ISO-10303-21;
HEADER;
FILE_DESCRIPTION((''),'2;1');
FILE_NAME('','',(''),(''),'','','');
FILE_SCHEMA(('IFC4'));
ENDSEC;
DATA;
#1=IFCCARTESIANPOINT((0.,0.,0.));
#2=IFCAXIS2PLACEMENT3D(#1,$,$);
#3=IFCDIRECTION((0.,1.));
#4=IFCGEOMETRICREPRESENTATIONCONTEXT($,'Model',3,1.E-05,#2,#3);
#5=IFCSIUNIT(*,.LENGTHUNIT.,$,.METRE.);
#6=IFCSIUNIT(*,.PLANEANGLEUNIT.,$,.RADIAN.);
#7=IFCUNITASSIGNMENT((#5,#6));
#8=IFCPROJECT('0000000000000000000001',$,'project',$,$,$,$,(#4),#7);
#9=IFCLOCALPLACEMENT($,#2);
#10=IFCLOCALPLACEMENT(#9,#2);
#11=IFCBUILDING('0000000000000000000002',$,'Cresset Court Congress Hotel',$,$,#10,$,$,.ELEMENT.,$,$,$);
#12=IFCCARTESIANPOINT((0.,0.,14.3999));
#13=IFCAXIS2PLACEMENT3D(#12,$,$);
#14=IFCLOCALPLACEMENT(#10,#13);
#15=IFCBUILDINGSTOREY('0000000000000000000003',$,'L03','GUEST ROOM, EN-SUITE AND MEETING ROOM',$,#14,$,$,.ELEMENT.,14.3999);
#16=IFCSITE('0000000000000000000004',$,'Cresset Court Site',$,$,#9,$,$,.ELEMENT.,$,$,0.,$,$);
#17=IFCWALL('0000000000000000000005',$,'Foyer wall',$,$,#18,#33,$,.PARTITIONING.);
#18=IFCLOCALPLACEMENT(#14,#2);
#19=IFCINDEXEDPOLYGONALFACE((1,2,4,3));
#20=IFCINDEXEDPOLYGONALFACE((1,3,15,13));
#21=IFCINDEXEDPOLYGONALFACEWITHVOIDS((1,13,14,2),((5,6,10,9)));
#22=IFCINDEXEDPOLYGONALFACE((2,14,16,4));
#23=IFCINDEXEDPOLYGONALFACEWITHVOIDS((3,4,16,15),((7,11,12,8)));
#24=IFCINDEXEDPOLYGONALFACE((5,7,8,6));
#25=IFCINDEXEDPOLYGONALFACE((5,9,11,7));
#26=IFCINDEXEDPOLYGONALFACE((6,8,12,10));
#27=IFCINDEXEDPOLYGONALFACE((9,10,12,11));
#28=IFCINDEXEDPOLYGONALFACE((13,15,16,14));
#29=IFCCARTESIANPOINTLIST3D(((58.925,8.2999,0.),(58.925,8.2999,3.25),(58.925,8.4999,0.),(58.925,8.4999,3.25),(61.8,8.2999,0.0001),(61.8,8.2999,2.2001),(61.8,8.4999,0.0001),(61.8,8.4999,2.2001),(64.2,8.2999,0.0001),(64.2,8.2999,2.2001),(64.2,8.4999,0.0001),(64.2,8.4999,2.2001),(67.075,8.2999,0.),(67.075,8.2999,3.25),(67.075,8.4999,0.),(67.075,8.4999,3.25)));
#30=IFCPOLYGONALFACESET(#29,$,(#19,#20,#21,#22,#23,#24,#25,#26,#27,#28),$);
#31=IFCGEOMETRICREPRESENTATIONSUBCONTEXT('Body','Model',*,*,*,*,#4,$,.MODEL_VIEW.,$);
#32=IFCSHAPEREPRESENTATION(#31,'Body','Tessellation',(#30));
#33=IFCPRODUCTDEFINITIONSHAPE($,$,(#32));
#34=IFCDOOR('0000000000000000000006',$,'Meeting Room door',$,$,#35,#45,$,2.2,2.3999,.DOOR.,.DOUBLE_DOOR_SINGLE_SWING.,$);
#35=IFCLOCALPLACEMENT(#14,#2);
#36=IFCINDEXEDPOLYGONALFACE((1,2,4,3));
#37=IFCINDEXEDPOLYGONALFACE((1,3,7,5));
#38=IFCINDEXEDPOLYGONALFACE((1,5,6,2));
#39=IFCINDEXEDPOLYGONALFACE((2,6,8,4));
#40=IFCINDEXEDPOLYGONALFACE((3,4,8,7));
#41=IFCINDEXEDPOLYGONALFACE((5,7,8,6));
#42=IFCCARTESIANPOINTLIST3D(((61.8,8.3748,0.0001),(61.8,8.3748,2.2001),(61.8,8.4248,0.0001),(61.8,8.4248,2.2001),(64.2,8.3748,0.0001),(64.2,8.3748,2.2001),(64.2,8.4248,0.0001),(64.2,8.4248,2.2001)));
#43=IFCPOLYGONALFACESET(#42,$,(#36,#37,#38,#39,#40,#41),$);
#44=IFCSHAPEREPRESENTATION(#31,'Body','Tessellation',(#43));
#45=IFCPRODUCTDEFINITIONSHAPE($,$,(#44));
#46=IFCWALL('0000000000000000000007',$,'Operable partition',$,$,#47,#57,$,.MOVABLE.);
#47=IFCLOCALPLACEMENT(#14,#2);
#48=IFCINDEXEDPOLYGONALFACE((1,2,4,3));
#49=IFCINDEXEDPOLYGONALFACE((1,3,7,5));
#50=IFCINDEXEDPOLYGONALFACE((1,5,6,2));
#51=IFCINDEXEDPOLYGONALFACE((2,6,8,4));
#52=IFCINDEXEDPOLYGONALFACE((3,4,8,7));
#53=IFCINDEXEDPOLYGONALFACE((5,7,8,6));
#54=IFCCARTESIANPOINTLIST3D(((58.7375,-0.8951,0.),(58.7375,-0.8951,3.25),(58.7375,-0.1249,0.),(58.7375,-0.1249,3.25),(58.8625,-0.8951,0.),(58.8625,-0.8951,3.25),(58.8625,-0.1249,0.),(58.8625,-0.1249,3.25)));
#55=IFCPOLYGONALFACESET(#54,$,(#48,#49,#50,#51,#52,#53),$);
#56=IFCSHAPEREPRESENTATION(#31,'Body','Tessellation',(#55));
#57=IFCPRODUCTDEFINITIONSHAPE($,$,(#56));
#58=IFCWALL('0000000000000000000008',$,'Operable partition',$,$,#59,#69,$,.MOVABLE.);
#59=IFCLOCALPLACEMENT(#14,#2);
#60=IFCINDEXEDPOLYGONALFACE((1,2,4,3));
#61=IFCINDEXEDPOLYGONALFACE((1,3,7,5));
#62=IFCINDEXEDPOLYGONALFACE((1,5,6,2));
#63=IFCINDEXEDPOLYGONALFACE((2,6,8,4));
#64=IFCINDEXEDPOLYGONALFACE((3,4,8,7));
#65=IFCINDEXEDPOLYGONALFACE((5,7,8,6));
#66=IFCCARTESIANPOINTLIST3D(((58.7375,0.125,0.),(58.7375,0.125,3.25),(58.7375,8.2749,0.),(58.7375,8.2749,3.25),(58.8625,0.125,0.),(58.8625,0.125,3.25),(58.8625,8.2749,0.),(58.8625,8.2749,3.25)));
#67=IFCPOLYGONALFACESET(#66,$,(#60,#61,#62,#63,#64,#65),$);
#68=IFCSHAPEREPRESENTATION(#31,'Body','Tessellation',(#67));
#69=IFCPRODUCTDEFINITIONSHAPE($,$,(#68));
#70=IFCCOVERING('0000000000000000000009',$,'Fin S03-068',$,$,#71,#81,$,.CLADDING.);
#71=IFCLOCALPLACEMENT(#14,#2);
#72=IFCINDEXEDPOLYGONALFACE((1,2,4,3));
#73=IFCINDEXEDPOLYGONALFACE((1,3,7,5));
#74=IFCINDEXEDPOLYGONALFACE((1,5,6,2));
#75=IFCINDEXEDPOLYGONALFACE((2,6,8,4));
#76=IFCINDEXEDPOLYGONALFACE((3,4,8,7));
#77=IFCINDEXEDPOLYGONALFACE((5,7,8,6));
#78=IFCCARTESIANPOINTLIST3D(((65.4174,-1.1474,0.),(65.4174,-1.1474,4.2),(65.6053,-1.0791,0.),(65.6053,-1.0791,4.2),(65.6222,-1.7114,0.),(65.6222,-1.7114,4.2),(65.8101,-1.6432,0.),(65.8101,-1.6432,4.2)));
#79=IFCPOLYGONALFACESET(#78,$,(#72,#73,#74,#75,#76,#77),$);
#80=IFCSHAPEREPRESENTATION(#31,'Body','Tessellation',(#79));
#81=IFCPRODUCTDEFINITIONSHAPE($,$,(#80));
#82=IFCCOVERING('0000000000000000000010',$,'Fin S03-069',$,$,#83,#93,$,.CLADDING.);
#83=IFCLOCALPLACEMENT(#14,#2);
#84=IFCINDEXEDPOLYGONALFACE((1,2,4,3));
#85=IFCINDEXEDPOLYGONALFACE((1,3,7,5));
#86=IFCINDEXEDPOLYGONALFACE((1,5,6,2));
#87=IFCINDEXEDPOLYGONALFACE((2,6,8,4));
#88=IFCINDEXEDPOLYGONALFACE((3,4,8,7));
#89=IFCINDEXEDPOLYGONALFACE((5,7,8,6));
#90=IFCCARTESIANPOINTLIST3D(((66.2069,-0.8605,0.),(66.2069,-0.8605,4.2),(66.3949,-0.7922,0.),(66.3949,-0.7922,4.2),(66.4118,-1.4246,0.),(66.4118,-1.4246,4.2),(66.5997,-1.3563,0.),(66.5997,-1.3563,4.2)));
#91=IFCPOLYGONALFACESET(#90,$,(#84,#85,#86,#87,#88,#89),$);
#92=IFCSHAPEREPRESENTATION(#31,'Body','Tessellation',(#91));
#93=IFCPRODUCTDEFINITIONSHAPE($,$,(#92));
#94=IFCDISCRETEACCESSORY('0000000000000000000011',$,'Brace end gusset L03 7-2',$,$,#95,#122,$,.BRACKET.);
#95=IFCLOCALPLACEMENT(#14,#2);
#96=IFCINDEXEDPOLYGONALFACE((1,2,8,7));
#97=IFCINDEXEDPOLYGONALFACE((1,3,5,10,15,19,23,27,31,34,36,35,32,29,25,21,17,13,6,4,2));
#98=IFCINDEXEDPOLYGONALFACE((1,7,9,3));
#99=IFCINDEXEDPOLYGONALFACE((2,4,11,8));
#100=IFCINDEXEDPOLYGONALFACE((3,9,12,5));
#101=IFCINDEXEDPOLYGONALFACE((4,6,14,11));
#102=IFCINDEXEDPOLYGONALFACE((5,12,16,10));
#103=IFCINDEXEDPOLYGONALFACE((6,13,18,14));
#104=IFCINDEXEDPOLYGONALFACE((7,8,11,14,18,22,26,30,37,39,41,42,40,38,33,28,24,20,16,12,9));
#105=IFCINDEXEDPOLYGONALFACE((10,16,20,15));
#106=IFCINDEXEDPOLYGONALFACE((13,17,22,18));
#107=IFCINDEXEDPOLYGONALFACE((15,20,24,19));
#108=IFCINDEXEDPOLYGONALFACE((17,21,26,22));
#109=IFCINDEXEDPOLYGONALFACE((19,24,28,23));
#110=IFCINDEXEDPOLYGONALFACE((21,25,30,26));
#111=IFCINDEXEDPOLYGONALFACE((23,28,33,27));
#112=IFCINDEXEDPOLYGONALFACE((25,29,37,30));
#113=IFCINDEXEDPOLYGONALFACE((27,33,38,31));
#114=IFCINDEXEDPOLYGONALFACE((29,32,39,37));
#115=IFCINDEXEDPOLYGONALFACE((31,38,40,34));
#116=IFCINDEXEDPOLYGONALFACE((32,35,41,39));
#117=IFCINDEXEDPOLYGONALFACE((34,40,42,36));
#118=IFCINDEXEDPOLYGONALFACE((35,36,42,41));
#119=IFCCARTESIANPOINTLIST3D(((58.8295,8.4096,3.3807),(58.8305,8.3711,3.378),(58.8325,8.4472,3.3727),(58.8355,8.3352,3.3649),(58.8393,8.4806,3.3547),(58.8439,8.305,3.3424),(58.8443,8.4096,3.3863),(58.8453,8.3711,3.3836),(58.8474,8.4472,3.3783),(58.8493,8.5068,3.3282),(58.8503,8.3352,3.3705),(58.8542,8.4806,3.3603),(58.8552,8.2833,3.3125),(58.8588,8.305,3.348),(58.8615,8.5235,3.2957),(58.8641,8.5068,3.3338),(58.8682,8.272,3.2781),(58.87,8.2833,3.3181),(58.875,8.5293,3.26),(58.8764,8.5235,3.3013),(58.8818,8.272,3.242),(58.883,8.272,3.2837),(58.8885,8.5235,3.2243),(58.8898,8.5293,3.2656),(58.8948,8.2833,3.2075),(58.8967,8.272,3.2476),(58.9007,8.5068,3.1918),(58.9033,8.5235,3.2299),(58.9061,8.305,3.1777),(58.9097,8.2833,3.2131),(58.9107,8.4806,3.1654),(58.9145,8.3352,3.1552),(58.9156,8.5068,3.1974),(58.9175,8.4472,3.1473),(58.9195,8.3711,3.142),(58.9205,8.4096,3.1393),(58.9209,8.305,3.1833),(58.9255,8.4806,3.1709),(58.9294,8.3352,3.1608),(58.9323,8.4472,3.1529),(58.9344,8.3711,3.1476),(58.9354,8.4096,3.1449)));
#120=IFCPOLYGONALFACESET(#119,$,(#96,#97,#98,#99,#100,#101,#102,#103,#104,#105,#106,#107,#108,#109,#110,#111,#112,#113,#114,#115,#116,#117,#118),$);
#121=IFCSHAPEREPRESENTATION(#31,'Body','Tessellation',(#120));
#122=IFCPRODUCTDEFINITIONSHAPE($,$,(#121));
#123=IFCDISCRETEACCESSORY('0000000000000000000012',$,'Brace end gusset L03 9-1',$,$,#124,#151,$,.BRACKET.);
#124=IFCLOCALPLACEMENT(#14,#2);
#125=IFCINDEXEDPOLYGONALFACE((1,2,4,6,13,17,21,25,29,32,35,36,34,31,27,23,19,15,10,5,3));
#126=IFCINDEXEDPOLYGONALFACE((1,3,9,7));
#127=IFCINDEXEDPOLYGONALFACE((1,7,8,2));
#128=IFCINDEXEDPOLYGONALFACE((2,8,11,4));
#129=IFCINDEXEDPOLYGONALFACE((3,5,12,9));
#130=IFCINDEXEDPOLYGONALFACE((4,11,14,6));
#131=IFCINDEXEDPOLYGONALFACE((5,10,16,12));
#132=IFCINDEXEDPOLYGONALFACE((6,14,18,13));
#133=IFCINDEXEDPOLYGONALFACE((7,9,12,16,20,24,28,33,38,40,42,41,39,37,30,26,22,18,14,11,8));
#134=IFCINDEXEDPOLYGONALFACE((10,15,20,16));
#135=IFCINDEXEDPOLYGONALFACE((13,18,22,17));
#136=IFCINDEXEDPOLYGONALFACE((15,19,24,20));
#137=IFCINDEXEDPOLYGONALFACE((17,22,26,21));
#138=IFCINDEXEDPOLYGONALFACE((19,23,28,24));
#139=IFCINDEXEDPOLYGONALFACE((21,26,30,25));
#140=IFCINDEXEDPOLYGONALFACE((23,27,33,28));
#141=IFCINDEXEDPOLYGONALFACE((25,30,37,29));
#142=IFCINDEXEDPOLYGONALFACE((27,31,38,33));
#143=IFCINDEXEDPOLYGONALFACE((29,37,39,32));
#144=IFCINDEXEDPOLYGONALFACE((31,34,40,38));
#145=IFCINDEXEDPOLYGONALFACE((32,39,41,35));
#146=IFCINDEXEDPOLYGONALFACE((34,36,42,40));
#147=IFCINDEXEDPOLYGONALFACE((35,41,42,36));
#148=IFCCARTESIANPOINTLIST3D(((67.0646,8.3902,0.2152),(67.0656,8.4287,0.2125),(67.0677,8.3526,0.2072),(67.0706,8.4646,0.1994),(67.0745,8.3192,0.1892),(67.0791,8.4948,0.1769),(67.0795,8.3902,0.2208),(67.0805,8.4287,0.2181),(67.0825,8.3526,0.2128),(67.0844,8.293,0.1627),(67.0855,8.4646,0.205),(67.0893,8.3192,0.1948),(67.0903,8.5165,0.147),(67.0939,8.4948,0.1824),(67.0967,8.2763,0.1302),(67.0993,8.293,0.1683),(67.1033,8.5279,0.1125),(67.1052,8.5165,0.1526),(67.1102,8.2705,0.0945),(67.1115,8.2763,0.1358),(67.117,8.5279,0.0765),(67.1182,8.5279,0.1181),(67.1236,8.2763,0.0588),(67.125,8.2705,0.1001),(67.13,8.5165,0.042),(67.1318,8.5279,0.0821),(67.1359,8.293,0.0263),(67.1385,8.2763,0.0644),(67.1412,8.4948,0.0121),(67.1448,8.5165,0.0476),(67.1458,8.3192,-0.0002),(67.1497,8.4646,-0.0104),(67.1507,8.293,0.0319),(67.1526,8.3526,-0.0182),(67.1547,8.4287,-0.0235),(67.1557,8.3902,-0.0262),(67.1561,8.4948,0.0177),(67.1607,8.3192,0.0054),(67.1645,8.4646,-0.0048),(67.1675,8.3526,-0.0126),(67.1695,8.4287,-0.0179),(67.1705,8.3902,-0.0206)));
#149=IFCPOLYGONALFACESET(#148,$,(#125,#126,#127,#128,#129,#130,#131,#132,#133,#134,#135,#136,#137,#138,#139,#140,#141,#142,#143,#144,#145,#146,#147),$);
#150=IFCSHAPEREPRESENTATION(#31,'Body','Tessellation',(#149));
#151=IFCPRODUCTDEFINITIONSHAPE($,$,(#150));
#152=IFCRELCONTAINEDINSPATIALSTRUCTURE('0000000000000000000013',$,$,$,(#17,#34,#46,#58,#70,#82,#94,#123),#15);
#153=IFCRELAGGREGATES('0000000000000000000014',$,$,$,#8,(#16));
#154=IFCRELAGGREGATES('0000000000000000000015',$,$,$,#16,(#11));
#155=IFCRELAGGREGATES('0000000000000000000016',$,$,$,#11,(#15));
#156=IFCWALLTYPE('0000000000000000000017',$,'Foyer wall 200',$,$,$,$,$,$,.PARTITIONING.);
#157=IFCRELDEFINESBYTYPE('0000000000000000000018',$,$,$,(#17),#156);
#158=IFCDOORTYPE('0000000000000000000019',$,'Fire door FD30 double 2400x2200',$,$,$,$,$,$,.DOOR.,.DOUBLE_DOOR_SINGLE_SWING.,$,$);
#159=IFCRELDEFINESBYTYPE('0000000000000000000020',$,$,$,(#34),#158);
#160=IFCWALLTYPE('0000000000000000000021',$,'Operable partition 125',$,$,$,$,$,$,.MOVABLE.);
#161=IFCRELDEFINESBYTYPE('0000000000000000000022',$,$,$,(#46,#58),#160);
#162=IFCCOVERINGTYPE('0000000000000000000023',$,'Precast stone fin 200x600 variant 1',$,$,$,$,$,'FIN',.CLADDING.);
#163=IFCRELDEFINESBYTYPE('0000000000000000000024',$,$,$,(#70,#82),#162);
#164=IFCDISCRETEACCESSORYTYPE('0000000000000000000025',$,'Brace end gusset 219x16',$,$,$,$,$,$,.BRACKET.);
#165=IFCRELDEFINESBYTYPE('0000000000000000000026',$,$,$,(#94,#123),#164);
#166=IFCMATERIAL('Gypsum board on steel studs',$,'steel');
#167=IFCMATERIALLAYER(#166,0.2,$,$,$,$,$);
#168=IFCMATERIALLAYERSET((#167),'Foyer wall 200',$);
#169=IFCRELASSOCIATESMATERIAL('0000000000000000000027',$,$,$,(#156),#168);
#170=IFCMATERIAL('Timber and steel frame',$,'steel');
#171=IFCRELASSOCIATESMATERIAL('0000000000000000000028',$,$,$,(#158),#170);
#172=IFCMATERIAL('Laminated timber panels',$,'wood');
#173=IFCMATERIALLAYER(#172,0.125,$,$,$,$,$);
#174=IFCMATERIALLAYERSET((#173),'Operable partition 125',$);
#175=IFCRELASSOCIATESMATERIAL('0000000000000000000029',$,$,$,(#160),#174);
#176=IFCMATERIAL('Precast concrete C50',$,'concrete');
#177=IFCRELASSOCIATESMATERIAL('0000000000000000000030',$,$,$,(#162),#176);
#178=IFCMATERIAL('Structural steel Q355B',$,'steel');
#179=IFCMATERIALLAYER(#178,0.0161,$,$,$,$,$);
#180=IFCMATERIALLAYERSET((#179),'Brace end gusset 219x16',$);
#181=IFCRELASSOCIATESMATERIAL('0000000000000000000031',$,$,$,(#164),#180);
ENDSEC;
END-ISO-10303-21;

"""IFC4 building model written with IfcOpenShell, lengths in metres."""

from ifc_helpers import new_model, si_unit, direction, frame, frame_2d, origin, origin_2d, place, context, subcontext, project, spatial, rectangle, circle, extrude, material, layer, layer_set, type_object, element, fill, save


model = new_model("IFC4")

# Units and contexts
model_context = context("Model", 3, precision=1e-05, world=origin(), true_north=direction((0.0, 1.0)))
body_context = subcontext(model_context, "Body", "Model", "MODEL_VIEW")
ifc_project = project(units=[si_unit("LENGTHUNIT", "METRE"), si_unit("PLANEANGLEUNIT", "RADIAN")], contexts=[model_context])

# Site, building, storey
site_placement = place(None, origin())
site = spatial("IfcSite", under=ifc_project, at=site_placement, Name="Cresset Court Site", CompositionType="ELEMENT", RefElevation=0.0)
building_placement = place(site_placement, origin())
building = spatial("IfcBuilding", under=site, at=building_placement, Name="Cresset Court Congress Hotel", CompositionType="ELEMENT")
storey_placement = place(building_placement, frame((0.0, 0.0, 14.3999)))
storey = spatial("IfcBuildingStorey", under=building, at=storey_placement, Name="L03", Description="GUEST ROOM, EN-SUITE AND MEETING ROOM", CompositionType="ELEMENT", Elevation=14.3999)

# Wall, opening, door
ifc_material_1 = material(Name="Gypsum board on steel studs", Category="steel")
ifc_layer_1 = layer(ifc_material_1, 0.2)
ifc_layer_set_1 = layer_set([ifc_layer_1], Name="Foyer wall 200")
wall_type_1 = type_object("IfcWallType", Name="Foyer wall 200", PredefinedType="PARTITIONING", material=ifc_layer_set_1)
wall_1_placement = place(storey_placement, frame((58.925, 8.3999, 0.0), z_axis=(0.0, 0.0, 1.0), x_axis=(1.0, 0.0, 0.0)))
wall_1 = element("IfcWall", 1, at=wall_1_placement, inside=storey, type_object=wall_type_1, Name="Foyer wall", PredefinedType="PARTITIONING", context=body_context, shape_type="SweptSolid", body=[
    extrude(rectangle(XDim=8.1499, YDim=0.2, at=frame_2d((4.075, 0.0))), origin(), (0.0, 0.0, 1.0), 3.25),
])
opening_1_placement = place(wall_1_placement, frame((2.875, 0.0, 0.0)))
opening_1 = element("IfcOpeningElement", 2, at=opening_1_placement, cuts=wall_1, PredefinedType="OPENING", context=body_context, shape_type="SweptSolid", body=[
    extrude(rectangle(XDim=2.3999, YDim=2.2, at=frame_2d((1.2, 1.1001))), frame((0.0, 0.1099, 0.0), z_axis=(0.0, -1.0, 0.0), x_axis=(1.0, 0.0, 0.0)), (0.0, 0.0, 1.0), 0.22),
])
ifc_material_2 = material(Name="Timber and steel frame", Category="steel")
door_type = type_object("IfcDoorType", Name="Fire door FD30 double 2400x2200", OperationType="DOUBLE_DOOR_SINGLE_SWING", PredefinedType="DOOR", material=ifc_material_2)
door_placement = place(opening_1_placement, origin())
door = element("IfcDoor", 3, at=door_placement, inside=storey, type_object=door_type, Name="Meeting Room door", OperationType="DOUBLE_DOOR_SINGLE_SWING", OverallHeight=2.2, OverallWidth=2.3999, PredefinedType="DOOR", context=body_context, shape_type="SweptSolid", body=[
    extrude(rectangle(XDim=2.3999, YDim=2.2, at=frame_2d((1.2, 1.1001))), frame((0.0, 0.0249, 0.0), z_axis=(0.0, -1.0, 0.0), x_axis=(1.0, 0.0, 0.0)), (0.0, 0.0, 1.0), 0.05),
])
fill(opening_1, door)

# Walls
ifc_material_3 = material(Name="Laminated timber panels", Category="wood")
ifc_layer_2 = layer(ifc_material_3, 0.125)
ifc_layer_set_2 = layer_set([ifc_layer_2], Name="Operable partition 125")
wall_type_2 = type_object("IfcWallType", Name="Operable partition 125", PredefinedType="MOVABLE", material=ifc_layer_set_2)
wall_2_placement = place(storey_placement, frame((58.8, -0.8953, 0.0), z_axis=(0.0, 0.0, 1.0), x_axis=(0.0, 1.0, 0.0)))
element("IfcWall", 4, at=wall_2_placement, inside=storey, type_object=wall_type_2, Name="Operable partition", PredefinedType="MOVABLE", context=body_context, shape_type="SweptSolid", body=[
    extrude(rectangle(XDim=0.7703, YDim=0.125, at=frame_2d((0.3853, 0.0))), origin(), (0.0, 0.0, 1.0), 3.25),
])
wall_3_placement = place(storey_placement, frame((58.8, 0.125, 0.0), z_axis=(0.0, 0.0, 1.0), x_axis=(0.0, 1.0, 0.0)))
element("IfcWall", 5, at=wall_3_placement, inside=storey, type_object=wall_type_2, Name="Operable partition", PredefinedType="MOVABLE", context=body_context, shape_type="SweptSolid", body=[
    extrude(rectangle(XDim=8.1499, YDim=0.125, at=frame_2d((4.075, 0.0))), origin(), (0.0, 0.0, 1.0), 3.25),
])

# Coverings
ifc_material_4 = material(Name="Precast concrete C50", Category="concrete")
covering_type = type_object("IfcCoveringType", Name="Precast stone fin 200x600 variant 1", ElementType="FIN", PredefinedType="CLADDING", material=ifc_material_4)
for number, where, z_axis, x_axis, name in (
    (6, (65.6138, -1.3953, 0.0), (0.0, 0.0, 1.0), (0.939957, 0.341293, 0.0), "Fin S03-068"),
    (7, (66.4033, -1.1084, 0.0), (0.0, 0.0, 1.0), (0.939957, 0.341293, 0.0), "Fin S03-069"),
):
    element("IfcCovering", number, at=place(storey_placement, frame(where, z_axis=z_axis, x_axis=x_axis)), inside=storey, type_object=covering_type, Name=name, PredefinedType="CLADDING", context=body_context, shape_type="SweptSolid", body=[
        extrude(rectangle(XDim=0.2, YDim=0.6001, at=origin_2d()), origin(), (0.0, 0.0, 1.0), 4.2),
    ])

# Discrete accessories
ifc_material_5 = material(Name="Structural steel Q355B", Category="steel")
ifc_layer_3 = layer(ifc_material_5, 0.0161)
ifc_layer_set_3 = layer_set([ifc_layer_3], Name="Brace end gusset 219x16")
discrete_accessory_type = type_object("IfcDiscreteAccessoryType", Name="Brace end gusset 219x16", PredefinedType="BRACKET", material=ifc_layer_set_3)
for number, where, z_axis, x_axis, name in (
    (8, (58.875, 8.3999, 3.26), (0.935697, 0.0, 0.352804), (0.0, 1.0, 0.0), "Brace end gusset L03 7-2"),
    (9, (67.125, 8.3999, 0.1001), (-0.935697, 0.0, -0.352804), (0.0, -1.0, 0.0), "Brace end gusset L03 9-1"),
):
    element("IfcDiscreteAccessory", number, at=place(storey_placement, frame(where, z_axis=z_axis, x_axis=x_axis)), inside=storey, type_object=discrete_accessory_type, Name=name, PredefinedType="BRACKET", context=body_context, shape_type="SweptSolid", body=[
        extrude(circle(Radius=0.1294, at=origin_2d()), origin(), (0.0, 0.0, 1.0), 0.0159),
    ])

save(model, "model.ifc")
